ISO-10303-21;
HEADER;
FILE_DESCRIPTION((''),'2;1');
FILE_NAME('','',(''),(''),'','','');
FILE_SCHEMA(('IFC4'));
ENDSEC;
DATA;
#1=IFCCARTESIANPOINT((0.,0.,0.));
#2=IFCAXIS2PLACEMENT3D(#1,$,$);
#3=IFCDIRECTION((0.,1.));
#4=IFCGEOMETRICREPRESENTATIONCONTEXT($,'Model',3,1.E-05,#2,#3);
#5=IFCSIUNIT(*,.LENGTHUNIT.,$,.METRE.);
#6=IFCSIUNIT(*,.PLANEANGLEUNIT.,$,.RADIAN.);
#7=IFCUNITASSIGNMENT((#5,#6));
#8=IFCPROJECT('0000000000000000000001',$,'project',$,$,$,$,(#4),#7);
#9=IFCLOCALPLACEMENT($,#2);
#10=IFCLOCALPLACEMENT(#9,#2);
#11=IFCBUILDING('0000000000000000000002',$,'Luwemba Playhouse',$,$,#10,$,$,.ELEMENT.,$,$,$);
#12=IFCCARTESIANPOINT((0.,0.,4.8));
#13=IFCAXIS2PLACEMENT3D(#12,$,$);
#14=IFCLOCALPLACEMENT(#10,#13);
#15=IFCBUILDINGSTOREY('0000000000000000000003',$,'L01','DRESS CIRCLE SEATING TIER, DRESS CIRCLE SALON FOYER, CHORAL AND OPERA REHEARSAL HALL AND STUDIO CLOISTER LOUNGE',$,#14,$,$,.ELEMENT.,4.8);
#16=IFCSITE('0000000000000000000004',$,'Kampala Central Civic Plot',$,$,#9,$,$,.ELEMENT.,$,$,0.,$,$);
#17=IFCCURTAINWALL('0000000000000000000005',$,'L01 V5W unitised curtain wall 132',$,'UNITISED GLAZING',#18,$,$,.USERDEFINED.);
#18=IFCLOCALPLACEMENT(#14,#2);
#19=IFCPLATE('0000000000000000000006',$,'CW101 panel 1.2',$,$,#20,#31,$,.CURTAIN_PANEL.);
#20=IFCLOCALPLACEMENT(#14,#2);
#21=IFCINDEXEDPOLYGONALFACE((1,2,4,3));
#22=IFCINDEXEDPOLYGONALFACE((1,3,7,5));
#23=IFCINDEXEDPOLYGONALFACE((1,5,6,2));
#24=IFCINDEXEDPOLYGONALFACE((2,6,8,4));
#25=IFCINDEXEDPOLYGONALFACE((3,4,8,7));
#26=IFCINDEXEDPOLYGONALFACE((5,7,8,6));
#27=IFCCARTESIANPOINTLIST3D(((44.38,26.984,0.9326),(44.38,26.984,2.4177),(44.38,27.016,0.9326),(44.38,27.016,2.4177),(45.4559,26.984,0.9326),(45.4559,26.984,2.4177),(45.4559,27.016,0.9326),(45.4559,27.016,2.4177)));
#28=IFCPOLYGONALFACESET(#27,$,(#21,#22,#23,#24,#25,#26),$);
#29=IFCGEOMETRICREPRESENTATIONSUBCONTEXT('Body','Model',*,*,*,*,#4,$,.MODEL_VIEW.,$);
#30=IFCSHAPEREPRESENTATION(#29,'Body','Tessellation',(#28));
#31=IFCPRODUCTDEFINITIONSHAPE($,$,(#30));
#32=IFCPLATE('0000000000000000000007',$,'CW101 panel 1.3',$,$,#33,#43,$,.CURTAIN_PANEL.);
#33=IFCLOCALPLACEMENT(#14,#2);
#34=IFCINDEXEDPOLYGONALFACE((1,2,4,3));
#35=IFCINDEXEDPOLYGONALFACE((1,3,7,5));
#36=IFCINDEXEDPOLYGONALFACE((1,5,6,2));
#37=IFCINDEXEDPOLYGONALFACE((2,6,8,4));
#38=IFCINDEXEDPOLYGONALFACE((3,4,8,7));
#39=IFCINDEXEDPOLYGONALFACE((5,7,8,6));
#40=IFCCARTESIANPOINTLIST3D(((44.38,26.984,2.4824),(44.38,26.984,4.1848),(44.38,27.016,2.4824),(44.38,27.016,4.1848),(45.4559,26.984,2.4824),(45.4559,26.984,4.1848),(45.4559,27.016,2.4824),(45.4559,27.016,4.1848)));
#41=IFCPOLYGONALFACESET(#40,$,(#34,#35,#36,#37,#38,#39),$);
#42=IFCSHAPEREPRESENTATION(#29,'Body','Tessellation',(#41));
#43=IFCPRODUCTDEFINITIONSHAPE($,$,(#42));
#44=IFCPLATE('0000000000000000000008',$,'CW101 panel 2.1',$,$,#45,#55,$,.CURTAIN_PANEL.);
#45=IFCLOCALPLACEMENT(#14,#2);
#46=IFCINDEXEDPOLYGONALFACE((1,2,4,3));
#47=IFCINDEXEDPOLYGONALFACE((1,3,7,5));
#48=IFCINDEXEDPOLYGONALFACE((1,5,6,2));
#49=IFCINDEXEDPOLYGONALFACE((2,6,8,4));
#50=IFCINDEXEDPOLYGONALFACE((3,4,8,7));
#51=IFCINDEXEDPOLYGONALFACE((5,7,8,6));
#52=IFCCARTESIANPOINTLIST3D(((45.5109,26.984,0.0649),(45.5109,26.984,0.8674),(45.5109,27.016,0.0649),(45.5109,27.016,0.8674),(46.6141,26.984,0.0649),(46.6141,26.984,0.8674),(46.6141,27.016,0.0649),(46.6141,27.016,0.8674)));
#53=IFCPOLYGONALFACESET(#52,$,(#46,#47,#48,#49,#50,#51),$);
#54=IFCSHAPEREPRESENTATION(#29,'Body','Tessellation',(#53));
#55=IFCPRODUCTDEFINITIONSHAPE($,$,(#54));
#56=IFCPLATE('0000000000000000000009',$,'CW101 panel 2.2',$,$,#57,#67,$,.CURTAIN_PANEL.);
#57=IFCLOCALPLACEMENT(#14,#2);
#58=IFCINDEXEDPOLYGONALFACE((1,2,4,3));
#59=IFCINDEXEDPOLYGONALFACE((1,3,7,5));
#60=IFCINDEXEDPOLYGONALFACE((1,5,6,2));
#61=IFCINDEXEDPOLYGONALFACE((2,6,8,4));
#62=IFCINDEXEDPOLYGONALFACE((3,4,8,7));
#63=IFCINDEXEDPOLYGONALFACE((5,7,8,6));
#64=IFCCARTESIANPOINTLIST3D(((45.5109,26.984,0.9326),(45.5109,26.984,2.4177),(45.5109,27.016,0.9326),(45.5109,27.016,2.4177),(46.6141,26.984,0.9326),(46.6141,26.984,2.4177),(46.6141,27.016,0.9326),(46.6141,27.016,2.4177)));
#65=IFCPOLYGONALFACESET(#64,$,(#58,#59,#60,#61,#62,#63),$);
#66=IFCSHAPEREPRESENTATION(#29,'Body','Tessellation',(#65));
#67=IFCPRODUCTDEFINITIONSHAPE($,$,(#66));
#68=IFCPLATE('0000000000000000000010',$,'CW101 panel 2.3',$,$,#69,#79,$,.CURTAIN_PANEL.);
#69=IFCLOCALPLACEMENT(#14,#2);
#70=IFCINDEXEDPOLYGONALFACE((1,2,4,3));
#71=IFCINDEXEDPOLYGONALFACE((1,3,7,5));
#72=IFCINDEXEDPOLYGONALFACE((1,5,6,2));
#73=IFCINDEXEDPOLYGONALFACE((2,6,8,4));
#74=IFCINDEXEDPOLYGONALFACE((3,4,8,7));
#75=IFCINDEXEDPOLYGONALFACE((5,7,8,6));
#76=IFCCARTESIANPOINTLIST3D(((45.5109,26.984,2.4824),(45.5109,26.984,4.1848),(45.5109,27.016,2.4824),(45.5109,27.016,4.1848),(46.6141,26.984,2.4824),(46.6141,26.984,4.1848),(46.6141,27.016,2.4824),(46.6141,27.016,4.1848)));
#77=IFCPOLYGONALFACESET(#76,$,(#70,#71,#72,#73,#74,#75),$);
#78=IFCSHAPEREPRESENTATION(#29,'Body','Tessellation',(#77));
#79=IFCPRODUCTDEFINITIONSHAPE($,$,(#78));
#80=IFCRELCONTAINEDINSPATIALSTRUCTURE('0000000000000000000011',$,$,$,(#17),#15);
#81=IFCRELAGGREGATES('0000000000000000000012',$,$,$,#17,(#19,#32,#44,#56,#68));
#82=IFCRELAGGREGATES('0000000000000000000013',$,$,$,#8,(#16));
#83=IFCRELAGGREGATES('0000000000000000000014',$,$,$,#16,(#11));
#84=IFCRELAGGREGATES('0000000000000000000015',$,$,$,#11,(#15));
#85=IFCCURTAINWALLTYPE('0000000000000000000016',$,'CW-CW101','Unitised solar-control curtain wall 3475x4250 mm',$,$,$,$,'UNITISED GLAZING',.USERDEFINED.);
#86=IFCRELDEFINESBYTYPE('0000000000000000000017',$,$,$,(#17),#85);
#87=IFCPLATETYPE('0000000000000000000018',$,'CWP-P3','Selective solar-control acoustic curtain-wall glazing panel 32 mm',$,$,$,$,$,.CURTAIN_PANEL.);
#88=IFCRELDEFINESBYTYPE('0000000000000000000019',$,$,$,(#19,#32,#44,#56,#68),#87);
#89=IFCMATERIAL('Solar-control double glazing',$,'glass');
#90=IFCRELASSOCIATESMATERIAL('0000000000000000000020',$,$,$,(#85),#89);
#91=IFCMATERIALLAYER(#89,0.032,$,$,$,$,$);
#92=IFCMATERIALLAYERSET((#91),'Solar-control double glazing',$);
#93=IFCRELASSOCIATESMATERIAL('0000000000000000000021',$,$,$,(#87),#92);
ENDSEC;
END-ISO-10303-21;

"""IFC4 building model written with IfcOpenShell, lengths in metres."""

from ifc_helpers import new_model, si_unit, direction, frame, origin, origin_2d, place, context, subcontext, project, spatial, rectangle, extrude, material, layer, layer_set, type_object, element, aggregate, save


model = new_model("IFC4")

# Units and contexts
model_context = context("Model", 3, precision=1e-05, world=origin(), true_north=direction((0.0, 1.0)))
body_context = subcontext(model_context, "Body", "Model", "MODEL_VIEW")
ifc_project = project(units=[si_unit("LENGTHUNIT", "METRE"), si_unit("PLANEANGLEUNIT", "RADIAN")], contexts=[model_context])

# Site, building, storey
site_placement = place(None, origin())
site = spatial("IfcSite", under=ifc_project, at=site_placement, Name="Kampala Central Civic Plot", CompositionType="ELEMENT", RefElevation=0.0)
building_placement = place(site_placement, origin())
building = spatial("IfcBuilding", under=site, at=building_placement, Name="Luwemba Playhouse", CompositionType="ELEMENT")
storey_placement = place(building_placement, frame((0.0, 0.0, 4.8)))
storey = spatial("IfcBuildingStorey", under=building, at=storey_placement, Name="L01", Description="DRESS CIRCLE SEATING TIER, DRESS CIRCLE SALON FOYER, CHORAL AND OPERA REHEARSAL HALL AND STUDIO CLOISTER LOUNGE", CompositionType="ELEMENT", Elevation=4.8)

# Shared definitions
ifc_material_1 = material(Name="Solar-control double glazing", Category="glass")

# Curtain wall
curtain_wall_type_1 = type_object("IfcCurtainWallType", Name="CW-CW101", Description="Unitised solar-control curtain wall 3475x4250 mm", ElementType="UNITISED GLAZING", PredefinedType="USERDEFINED", material=ifc_material_1)
curtain_wall_1_placement = place(storey_placement, origin())
curtain_wall_1 = element("IfcCurtainWall", 1, at=curtain_wall_1_placement, inside=storey, type_object=curtain_wall_type_1, Name="L01 V5W unitised curtain wall 132", ObjectType="UNITISED GLAZING", PredefinedType="USERDEFINED")

# Plates
ifc_layer_1 = layer(ifc_material_1, 0.032)
ifc_layer_set_1 = layer_set([ifc_layer_1], Name="Solar-control double glazing")
plate_type_1 = type_object("IfcPlateType", Name="CWP-P3", Description="Selective solar-control acoustic curtain-wall glazing panel 32 mm", PredefinedType="CURTAIN_PANEL", material=ifc_layer_set_1)
plate_1_placement = place(storey_placement, frame((44.918, 27.0, 0.9326), z_axis=(0.0, 0.0, 1.0), x_axis=(1.0, 0.0, 0.0)))
plate_1 = element("IfcPlate", 2, at=plate_1_placement, type_object=plate_type_1, Name="CW101 panel 1.2", PredefinedType="CURTAIN_PANEL", context=body_context, shape_type="SweptSolid", body=[
    extrude(rectangle(XDim=1.0759, YDim=0.032, at=origin_2d()), origin(), (0.0, 0.0, 1.0), 1.4851),
])
plate_2_placement = place(storey_placement, frame((44.918, 27.0, 2.4824), z_axis=(0.0, 0.0, 1.0), x_axis=(1.0, 0.0, 0.0)))
plate_2 = element("IfcPlate", 3, at=plate_2_placement, type_object=plate_type_1, Name="CW101 panel 1.3", PredefinedType="CURTAIN_PANEL", context=body_context, shape_type="SweptSolid", body=[
    extrude(rectangle(XDim=1.0759, YDim=0.032, at=origin_2d()), origin(), (0.0, 0.0, 1.0), 1.7024),
])
plate_3_placement = place(storey_placement, frame((46.0625, 27.0, 0.0649), z_axis=(0.0, 0.0, 1.0), x_axis=(1.0, 0.0, 0.0)))
plate_3 = element("IfcPlate", 4, at=plate_3_placement, type_object=plate_type_1, Name="CW101 panel 2.1", PredefinedType="CURTAIN_PANEL", context=body_context, shape_type="SweptSolid", body=[
    extrude(rectangle(XDim=1.1033, YDim=0.032, at=origin_2d()), origin(), (0.0, 0.0, 1.0), 0.8025),
])
plate_4_placement = place(storey_placement, frame((46.0625, 27.0, 0.9326), z_axis=(0.0, 0.0, 1.0), x_axis=(1.0, 0.0, 0.0)))
plate_4 = element("IfcPlate", 5, at=plate_4_placement, type_object=plate_type_1, Name="CW101 panel 2.2", PredefinedType="CURTAIN_PANEL", context=body_context, shape_type="SweptSolid", body=[
    extrude(rectangle(XDim=1.1033, YDim=0.032, at=origin_2d()), origin(), (0.0, 0.0, 1.0), 1.4851),
])
plate_5_placement = place(storey_placement, frame((46.0625, 27.0, 2.4824), z_axis=(0.0, 0.0, 1.0), x_axis=(1.0, 0.0, 0.0)))
plate_5 = element("IfcPlate", 6, at=plate_5_placement, type_object=plate_type_1, Name="CW101 panel 2.3", PredefinedType="CURTAIN_PANEL", context=body_context, shape_type="SweptSolid", body=[
    extrude(rectangle(XDim=1.1033, YDim=0.032, at=origin_2d()), origin(), (0.0, 0.0, 1.0), 1.7024),
])
aggregate(curtain_wall_1, [plate_1, plate_2, plate_3, plate_4, plate_5])

save(model, "model.ifc")
